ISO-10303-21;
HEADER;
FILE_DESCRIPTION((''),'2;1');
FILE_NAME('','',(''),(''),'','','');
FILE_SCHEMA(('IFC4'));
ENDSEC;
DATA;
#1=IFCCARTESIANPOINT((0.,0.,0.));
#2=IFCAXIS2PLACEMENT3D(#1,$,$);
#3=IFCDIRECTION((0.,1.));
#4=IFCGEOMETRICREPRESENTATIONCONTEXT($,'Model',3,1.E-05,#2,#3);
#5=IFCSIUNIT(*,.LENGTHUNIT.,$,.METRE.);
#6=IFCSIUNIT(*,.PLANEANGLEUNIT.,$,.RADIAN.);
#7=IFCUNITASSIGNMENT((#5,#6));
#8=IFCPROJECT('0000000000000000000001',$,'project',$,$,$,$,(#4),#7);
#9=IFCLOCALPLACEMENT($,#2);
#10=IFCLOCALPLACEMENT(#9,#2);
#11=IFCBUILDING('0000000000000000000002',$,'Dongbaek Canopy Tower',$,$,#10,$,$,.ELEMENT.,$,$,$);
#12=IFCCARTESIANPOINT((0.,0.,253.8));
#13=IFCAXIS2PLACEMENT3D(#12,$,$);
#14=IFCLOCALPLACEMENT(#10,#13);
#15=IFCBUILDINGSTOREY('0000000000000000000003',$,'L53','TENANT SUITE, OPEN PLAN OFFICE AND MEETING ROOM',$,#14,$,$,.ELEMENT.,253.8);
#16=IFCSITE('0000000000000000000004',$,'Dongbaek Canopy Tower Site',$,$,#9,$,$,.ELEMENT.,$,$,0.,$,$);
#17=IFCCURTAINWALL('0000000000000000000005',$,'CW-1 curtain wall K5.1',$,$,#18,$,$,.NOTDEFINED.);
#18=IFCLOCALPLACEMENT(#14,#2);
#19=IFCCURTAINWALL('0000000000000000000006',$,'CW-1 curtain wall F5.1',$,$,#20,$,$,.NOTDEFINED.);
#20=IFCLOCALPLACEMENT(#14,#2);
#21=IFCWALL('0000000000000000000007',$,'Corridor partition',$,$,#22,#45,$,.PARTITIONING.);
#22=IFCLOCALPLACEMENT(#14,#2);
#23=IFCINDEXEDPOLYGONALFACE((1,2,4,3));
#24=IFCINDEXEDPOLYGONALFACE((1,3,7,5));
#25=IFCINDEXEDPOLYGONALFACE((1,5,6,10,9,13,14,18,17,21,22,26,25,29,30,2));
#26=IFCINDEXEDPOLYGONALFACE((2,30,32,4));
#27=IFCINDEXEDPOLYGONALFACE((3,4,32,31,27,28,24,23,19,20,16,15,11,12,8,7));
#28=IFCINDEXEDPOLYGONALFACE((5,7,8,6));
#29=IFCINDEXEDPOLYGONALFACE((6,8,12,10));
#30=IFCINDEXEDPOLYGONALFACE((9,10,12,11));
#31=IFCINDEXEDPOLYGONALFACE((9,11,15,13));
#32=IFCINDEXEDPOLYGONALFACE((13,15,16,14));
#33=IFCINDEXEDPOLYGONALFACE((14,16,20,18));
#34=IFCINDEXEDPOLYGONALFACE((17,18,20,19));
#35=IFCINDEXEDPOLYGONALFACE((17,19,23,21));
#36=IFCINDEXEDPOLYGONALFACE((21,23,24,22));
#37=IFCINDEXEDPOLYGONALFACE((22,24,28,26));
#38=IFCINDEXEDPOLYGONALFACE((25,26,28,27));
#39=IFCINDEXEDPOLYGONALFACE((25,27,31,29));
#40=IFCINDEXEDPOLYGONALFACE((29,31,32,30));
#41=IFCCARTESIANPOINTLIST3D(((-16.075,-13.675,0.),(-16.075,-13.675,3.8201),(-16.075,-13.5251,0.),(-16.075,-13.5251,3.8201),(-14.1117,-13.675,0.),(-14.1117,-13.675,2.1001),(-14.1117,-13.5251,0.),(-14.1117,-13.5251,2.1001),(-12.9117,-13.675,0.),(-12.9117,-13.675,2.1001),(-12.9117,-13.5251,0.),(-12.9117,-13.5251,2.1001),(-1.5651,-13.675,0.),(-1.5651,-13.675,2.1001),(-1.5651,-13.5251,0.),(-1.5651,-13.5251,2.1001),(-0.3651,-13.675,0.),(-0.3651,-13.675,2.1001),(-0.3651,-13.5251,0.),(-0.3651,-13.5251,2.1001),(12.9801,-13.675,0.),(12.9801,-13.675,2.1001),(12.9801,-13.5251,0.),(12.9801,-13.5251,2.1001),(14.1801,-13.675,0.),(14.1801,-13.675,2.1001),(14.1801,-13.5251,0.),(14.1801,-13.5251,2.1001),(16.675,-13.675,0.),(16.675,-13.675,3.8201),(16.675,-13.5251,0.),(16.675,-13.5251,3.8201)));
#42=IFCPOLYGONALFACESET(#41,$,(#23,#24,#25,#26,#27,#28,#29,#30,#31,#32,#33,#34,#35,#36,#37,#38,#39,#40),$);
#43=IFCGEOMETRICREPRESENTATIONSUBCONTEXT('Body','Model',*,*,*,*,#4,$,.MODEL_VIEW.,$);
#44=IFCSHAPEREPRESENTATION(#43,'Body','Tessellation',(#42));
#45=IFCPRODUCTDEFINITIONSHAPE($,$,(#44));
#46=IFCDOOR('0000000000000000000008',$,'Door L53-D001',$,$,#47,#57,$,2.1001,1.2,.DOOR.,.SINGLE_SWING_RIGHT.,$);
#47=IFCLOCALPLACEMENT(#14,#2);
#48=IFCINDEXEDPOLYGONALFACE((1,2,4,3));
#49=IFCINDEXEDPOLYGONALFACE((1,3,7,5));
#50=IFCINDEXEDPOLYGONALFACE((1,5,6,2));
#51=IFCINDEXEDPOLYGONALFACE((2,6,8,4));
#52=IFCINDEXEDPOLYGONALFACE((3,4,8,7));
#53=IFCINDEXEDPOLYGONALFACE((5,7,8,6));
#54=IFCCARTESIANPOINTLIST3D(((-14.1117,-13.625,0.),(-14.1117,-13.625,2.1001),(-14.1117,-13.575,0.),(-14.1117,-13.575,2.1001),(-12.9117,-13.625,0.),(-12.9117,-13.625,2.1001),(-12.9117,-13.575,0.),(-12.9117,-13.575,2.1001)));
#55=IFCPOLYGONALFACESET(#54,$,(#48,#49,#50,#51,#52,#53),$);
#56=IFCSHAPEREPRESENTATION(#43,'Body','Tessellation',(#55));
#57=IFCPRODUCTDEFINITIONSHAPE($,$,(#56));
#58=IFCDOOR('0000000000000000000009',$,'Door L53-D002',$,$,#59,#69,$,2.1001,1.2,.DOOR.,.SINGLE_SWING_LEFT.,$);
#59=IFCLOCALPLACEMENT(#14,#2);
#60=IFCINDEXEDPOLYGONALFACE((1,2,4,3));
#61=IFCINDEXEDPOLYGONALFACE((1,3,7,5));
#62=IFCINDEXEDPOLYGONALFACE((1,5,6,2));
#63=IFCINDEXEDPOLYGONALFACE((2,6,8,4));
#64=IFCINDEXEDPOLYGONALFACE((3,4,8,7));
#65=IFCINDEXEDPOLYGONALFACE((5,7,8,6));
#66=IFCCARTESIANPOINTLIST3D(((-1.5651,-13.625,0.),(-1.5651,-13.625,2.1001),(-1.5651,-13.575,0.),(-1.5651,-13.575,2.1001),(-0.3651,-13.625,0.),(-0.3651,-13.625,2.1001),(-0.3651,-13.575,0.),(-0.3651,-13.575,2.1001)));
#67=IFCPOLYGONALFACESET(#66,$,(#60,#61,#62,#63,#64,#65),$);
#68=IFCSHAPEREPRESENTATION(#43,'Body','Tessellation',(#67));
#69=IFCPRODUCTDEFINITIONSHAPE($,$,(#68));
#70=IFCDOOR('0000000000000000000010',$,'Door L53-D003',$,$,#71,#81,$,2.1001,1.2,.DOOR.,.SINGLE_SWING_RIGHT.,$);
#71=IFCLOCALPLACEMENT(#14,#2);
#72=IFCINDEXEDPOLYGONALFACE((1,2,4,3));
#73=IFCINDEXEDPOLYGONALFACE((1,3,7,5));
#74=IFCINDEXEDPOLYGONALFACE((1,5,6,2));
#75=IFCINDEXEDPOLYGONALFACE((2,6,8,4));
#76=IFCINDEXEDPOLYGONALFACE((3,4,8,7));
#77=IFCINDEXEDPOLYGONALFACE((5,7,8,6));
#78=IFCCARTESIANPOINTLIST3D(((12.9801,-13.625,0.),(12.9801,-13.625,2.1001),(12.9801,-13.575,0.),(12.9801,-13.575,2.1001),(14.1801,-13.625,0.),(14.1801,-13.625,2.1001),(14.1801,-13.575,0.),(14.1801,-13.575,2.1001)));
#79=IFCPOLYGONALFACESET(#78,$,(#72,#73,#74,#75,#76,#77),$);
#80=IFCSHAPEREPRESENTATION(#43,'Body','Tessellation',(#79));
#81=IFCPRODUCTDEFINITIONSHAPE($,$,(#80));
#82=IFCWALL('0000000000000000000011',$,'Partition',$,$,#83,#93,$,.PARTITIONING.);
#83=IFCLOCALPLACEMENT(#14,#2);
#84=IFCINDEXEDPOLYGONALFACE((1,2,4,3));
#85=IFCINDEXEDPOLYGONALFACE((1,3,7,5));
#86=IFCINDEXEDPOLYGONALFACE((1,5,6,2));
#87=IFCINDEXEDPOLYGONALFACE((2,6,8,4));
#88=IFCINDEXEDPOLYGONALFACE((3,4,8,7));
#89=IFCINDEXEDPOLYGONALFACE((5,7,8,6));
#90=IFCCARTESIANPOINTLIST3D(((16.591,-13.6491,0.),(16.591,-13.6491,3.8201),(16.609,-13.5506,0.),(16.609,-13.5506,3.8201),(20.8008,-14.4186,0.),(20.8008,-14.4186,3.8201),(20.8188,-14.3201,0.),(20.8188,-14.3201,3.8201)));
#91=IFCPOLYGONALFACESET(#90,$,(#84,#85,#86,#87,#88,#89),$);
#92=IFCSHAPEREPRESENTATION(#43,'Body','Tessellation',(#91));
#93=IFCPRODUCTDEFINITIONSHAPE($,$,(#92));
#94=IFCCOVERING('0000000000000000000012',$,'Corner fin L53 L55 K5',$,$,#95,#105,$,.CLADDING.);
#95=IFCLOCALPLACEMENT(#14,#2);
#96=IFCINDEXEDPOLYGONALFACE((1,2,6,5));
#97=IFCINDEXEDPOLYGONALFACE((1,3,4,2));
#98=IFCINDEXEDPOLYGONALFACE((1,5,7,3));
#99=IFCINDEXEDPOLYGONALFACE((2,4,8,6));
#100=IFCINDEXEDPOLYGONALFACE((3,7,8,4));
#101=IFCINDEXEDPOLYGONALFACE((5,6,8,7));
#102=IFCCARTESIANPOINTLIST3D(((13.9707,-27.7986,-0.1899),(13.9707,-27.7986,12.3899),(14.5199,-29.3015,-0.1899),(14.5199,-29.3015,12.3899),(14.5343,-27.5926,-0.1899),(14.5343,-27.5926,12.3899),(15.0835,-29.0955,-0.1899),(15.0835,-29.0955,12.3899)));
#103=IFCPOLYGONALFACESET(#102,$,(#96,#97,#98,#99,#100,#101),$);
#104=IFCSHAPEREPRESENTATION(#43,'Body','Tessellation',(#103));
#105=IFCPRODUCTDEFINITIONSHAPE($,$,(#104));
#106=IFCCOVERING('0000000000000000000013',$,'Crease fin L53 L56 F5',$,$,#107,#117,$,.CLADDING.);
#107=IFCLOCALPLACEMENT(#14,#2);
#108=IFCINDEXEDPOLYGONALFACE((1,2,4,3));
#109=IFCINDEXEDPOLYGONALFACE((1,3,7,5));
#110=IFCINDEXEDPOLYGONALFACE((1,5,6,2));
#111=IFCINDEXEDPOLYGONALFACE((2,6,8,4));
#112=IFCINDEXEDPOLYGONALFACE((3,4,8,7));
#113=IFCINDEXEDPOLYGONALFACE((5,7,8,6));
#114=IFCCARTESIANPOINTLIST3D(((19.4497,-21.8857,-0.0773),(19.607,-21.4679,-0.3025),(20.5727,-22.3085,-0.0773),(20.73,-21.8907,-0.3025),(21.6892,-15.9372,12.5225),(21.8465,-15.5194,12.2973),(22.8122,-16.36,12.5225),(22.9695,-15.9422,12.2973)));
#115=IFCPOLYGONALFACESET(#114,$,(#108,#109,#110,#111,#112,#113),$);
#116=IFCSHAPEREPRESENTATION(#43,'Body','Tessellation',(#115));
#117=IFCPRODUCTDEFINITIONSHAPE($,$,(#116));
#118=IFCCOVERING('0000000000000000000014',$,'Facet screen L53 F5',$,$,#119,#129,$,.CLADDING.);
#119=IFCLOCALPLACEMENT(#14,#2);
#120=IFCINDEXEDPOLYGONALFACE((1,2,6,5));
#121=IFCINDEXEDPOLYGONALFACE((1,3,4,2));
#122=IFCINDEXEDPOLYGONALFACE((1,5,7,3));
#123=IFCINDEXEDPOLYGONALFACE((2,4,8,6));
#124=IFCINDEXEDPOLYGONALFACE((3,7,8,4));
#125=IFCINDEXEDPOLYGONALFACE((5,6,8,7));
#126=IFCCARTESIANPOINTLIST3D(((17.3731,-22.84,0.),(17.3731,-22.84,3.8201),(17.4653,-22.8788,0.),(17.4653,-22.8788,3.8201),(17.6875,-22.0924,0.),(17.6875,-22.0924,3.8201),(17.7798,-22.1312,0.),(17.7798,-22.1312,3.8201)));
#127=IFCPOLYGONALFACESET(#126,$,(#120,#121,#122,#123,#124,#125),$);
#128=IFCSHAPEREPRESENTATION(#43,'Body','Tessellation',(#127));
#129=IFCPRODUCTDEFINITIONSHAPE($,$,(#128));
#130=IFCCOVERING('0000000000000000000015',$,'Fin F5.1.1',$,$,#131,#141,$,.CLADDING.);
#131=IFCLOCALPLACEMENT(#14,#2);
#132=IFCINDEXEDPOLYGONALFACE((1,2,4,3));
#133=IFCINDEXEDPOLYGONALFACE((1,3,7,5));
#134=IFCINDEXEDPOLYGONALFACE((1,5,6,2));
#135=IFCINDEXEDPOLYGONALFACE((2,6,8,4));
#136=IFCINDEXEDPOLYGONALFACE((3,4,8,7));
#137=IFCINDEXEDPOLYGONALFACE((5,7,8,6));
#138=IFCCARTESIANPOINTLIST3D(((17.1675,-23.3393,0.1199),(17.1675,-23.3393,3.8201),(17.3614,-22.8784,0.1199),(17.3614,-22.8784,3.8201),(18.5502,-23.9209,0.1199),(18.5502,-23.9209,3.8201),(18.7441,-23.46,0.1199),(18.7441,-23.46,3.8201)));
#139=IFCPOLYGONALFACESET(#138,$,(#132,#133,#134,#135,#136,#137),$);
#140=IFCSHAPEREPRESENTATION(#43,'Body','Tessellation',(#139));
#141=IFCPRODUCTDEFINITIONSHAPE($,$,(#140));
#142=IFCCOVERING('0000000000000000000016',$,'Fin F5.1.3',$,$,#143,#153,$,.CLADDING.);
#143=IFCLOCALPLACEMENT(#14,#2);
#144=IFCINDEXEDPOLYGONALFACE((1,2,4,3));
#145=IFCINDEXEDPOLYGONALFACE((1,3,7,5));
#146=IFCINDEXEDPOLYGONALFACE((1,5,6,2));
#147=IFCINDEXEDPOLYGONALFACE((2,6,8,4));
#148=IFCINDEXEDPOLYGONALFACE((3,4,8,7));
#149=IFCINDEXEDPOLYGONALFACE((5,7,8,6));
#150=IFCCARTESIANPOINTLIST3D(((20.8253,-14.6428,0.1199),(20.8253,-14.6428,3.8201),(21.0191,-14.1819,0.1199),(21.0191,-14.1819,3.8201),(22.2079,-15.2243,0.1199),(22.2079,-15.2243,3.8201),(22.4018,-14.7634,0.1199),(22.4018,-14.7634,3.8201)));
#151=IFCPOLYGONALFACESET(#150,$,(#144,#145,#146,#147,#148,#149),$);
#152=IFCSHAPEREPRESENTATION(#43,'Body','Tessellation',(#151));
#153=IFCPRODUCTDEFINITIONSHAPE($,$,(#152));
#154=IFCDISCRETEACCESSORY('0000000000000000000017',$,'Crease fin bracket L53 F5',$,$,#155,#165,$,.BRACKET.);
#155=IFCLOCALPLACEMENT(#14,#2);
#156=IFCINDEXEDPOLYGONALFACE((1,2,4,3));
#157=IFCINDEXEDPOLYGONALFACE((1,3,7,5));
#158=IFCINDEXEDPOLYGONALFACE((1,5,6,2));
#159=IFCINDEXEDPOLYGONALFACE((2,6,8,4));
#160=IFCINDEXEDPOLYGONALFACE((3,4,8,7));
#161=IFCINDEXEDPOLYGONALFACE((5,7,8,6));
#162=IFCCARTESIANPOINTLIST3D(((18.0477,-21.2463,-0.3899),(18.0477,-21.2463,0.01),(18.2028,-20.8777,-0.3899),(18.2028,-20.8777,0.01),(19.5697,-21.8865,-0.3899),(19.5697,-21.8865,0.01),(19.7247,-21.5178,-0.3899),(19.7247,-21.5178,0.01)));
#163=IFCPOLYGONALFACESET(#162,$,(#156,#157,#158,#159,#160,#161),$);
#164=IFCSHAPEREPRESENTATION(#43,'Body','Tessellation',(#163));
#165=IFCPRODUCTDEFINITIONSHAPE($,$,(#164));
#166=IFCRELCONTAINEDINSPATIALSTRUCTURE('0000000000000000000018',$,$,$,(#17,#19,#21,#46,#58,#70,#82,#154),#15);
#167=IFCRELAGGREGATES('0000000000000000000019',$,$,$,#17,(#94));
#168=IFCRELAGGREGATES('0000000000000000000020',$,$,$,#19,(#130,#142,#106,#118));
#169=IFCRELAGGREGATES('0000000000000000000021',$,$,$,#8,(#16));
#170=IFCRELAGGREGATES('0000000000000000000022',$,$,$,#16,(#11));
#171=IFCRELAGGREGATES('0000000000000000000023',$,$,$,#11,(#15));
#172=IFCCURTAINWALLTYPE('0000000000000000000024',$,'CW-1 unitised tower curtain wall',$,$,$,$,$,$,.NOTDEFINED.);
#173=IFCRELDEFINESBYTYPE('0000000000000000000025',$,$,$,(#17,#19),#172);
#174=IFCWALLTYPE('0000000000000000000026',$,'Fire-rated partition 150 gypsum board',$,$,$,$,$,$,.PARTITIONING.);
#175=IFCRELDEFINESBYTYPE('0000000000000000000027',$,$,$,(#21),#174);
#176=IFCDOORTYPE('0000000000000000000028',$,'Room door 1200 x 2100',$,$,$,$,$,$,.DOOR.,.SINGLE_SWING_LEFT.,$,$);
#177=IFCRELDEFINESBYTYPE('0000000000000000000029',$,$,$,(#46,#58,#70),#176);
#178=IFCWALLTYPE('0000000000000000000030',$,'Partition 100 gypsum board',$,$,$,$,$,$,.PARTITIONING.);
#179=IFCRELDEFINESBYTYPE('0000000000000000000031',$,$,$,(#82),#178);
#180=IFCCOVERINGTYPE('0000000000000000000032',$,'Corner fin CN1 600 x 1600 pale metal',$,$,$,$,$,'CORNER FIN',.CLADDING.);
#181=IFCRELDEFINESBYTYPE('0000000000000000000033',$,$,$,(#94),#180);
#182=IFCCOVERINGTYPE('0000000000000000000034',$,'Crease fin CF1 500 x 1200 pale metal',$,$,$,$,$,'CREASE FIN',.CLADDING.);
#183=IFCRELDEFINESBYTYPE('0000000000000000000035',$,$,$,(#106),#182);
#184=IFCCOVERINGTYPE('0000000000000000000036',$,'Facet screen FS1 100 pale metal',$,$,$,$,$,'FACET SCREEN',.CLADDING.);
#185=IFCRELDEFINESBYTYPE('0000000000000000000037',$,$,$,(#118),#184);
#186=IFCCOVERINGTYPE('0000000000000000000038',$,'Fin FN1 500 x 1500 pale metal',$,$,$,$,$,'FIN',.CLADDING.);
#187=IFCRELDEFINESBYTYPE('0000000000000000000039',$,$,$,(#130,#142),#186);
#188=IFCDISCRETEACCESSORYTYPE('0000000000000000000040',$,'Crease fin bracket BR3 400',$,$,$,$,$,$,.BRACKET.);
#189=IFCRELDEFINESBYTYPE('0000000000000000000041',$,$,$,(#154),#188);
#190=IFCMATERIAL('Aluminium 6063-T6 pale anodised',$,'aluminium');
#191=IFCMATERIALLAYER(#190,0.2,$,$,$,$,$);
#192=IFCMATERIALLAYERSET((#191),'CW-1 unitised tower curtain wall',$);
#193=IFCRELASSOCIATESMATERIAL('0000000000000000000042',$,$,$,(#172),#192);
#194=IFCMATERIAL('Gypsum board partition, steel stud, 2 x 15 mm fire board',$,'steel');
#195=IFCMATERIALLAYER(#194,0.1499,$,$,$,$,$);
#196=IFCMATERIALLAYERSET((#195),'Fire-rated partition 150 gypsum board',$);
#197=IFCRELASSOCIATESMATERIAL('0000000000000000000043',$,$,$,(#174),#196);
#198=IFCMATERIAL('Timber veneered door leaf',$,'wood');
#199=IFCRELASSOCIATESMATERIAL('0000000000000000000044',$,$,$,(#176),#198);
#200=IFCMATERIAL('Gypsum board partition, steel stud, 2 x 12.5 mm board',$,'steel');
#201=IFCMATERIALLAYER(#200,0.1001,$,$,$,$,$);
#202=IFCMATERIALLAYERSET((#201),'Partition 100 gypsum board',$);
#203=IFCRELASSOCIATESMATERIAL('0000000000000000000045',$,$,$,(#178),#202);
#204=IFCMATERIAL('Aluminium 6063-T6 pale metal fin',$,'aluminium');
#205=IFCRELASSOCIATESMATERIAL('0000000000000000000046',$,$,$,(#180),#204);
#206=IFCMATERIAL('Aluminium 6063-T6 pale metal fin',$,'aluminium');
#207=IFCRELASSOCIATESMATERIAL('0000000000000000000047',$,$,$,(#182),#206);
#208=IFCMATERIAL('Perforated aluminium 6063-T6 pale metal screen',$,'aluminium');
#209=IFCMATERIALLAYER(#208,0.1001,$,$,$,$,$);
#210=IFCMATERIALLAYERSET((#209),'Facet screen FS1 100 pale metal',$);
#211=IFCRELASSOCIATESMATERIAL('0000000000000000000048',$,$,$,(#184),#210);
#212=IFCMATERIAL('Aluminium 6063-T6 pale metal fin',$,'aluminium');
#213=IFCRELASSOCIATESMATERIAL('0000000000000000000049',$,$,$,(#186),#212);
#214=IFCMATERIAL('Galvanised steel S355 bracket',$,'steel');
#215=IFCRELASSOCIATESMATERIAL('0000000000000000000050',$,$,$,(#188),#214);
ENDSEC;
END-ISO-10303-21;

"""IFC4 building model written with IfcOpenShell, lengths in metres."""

from ifc_helpers import new_model, si_unit, direction, frame, frame_2d, origin, origin_2d, place, context, subcontext, project, spatial, rectangle, extrude, material, layer, layer_set, material_profile, profile_set, type_object, element, fill, aggregate, save


model = new_model("IFC4")

# Units and contexts
model_context = context("Model", 3, precision=1e-05, world=origin(), true_north=direction((0.0, 1.0)))
body_context = subcontext(model_context, "Body", "Model", "MODEL_VIEW")
ifc_project = project(units=[si_unit("LENGTHUNIT", "METRE"), si_unit("PLANEANGLEUNIT", "RADIAN")], contexts=[model_context])

# Site, building, storey
site_placement = place(None, origin())
site = spatial("IfcSite", under=ifc_project, at=site_placement, Name="Dongbaek Canopy Tower Site", CompositionType="ELEMENT", RefElevation=0.0)
building_placement = place(site_placement, origin())
building = spatial("IfcBuilding", under=site, at=building_placement, Name="Dongbaek Canopy Tower", CompositionType="ELEMENT")
storey_placement = place(building_placement, frame((0.0, 0.0, 253.8)))
storey = spatial("IfcBuildingStorey", under=building, at=storey_placement, Name="L53", Description="TENANT SUITE, OPEN PLAN OFFICE AND MEETING ROOM", CompositionType="ELEMENT", Elevation=253.8)

# Curtain walls
ifc_material_1 = material(Name="Aluminium 6063-T6 pale anodised", Category="aluminium")
ifc_layer_1 = layer(ifc_material_1, 0.2)
ifc_layer_set_1 = layer_set([ifc_layer_1], Name="CW-1 unitised tower curtain wall")
curtain_wall_type = type_object("IfcCurtainWallType", Name="CW-1 unitised tower curtain wall", PredefinedType="NOTDEFINED", material=ifc_layer_set_1)
curtain_wall_1_placement = place(storey_placement, origin())
curtain_wall_1 = element("IfcCurtainWall", 1, at=curtain_wall_1_placement, inside=storey, type_object=curtain_wall_type, Name="CW-1 curtain wall K5.1", PredefinedType="NOTDEFINED")
curtain_wall_2_placement = place(storey_placement, origin())
curtain_wall_2 = element("IfcCurtainWall", 2, at=curtain_wall_2_placement, inside=storey, type_object=curtain_wall_type, Name="CW-1 curtain wall F5.1", PredefinedType="NOTDEFINED")

# Wall, openings, doors
ifc_material_2 = material(Name="Gypsum board partition, steel stud, 2 x 15 mm fire board", Category="steel")
ifc_layer_2 = layer(ifc_material_2, 0.1499)
ifc_layer_set_2 = layer_set([ifc_layer_2], Name="Fire-rated partition 150 gypsum board")
wall_type_1 = type_object("IfcWallType", Name="Fire-rated partition 150 gypsum board", PredefinedType="PARTITIONING", material=ifc_layer_set_2)
wall_1_placement = place(storey_placement, frame((16.675, -13.6001, 0.0), z_axis=(0.0, 0.0, 1.0), x_axis=(-1.0, 0.0, 0.0)))
wall_1 = element("IfcWall", 3, at=wall_1_placement, inside=storey, type_object=wall_type_1, Name="Corridor partition", PredefinedType="PARTITIONING", context=body_context, shape_type="SweptSolid", body=[
    extrude(rectangle(XDim=32.75, YDim=0.1499, at=frame_2d((16.375, 0.0))), origin(), (0.0, 0.0, 1.0), 3.8201),
])
opening_1_placement = place(wall_1_placement, frame((29.5867, 0.0, 0.0)))
opening_1 = element("IfcOpeningElement", 4, at=opening_1_placement, cuts=wall_1, PredefinedType="OPENING", context=body_context, shape_type="SweptSolid", body=[
    extrude(rectangle(XDim=1.2, YDim=2.1001, at=frame_2d((0.6001, 1.05))), frame((0.0, 0.085, 0.0), z_axis=(0.0, -1.0, 0.0), x_axis=(1.0, 0.0, 0.0)), (0.0, 0.0, 1.0), 0.1699),
])
opening_2_placement = place(wall_1_placement, frame((17.04, 0.0, 0.0)))
opening_2 = element("IfcOpeningElement", 5, at=opening_2_placement, cuts=wall_1, PredefinedType="OPENING", context=body_context, shape_type="SweptSolid", body=[
    extrude(rectangle(XDim=1.2, YDim=2.1001, at=frame_2d((0.6001, 1.05))), frame((0.0, 0.085, 0.0), z_axis=(0.0, -1.0, 0.0), x_axis=(1.0, 0.0, 0.0)), (0.0, 0.0, 1.0), 0.1699),
])
opening_3_placement = place(wall_1_placement, frame((2.4949, 0.0, 0.0)))
opening_3 = element("IfcOpeningElement", 6, at=opening_3_placement, cuts=wall_1, PredefinedType="OPENING", context=body_context, shape_type="SweptSolid", body=[
    extrude(rectangle(XDim=1.2, YDim=2.1001, at=frame_2d((0.6001, 1.05))), frame((0.0, 0.085, 0.0), z_axis=(0.0, -1.0, 0.0), x_axis=(1.0, 0.0, 0.0)), (0.0, 0.0, 1.0), 0.1699),
])
ifc_material_3 = material(Name="Timber veneered door leaf", Category="wood")
door_type = type_object("IfcDoorType", Name="Room door 1200 x 2100", OperationType="SINGLE_SWING_LEFT", PredefinedType="DOOR", material=ifc_material_3)
door_1_placement = place(opening_1_placement, origin())
door_1 = element("IfcDoor", 7, at=door_1_placement, inside=storey, type_object=door_type, Name="Door L53-D001", OperationType="SINGLE_SWING_RIGHT", OverallHeight=2.1001, OverallWidth=1.2, PredefinedType="DOOR", context=body_context, shape_type="SweptSolid", body=[
    extrude(rectangle(XDim=1.2, YDim=2.1001, at=frame_2d((0.6001, 1.05))), frame((0.0, 0.0249, 0.0), z_axis=(0.0, -1.0, 0.0), x_axis=(1.0, 0.0, 0.0)), (0.0, 0.0, 1.0), 0.05),
])
fill(opening_1, door_1)
door_2_placement = place(opening_2_placement, origin())
door_2 = element("IfcDoor", 8, at=door_2_placement, inside=storey, type_object=door_type, Name="Door L53-D002", OperationType="SINGLE_SWING_LEFT", OverallHeight=2.1001, OverallWidth=1.2, PredefinedType="DOOR", context=body_context, shape_type="SweptSolid", body=[
    extrude(rectangle(XDim=1.2, YDim=2.1001, at=frame_2d((0.6001, 1.05))), frame((0.0, 0.0249, 0.0), z_axis=(0.0, -1.0, 0.0), x_axis=(1.0, 0.0, 0.0)), (0.0, 0.0, 1.0), 0.05),
])
fill(opening_2, door_2)
door_3_placement = place(opening_3_placement, origin())
door_3 = element("IfcDoor", 9, at=door_3_placement, inside=storey, type_object=door_type, Name="Door L53-D003", OperationType="SINGLE_SWING_RIGHT", OverallHeight=2.1001, OverallWidth=1.2, PredefinedType="DOOR", context=body_context, shape_type="SweptSolid", body=[
    extrude(rectangle(XDim=1.2, YDim=2.1001, at=frame_2d((0.6001, 1.05))), frame((0.0, 0.0249, 0.0), z_axis=(0.0, -1.0, 0.0), x_axis=(1.0, 0.0, 0.0)), (0.0, 0.0, 1.0), 0.05),
])
fill(opening_3, door_3)

# Wall
ifc_material_4 = material(Name="Gypsum board partition, steel stud, 2 x 12.5 mm board", Category="steel")
ifc_layer_3 = layer(ifc_material_4, 0.1001)
ifc_layer_set_3 = layer_set([ifc_layer_3], Name="Partition 100 gypsum board")
wall_type_2 = type_object("IfcWallType", Name="Partition 100 gypsum board", PredefinedType="PARTITIONING", material=ifc_layer_set_3)
wall_2_placement = place(storey_placement, frame((16.6001, -13.5999, 0.0), z_axis=(0.0, 0.0, 1.0), x_axis=(0.9837, -0.179819, 0.0)))
element("IfcWall", 10, at=wall_2_placement, inside=storey, type_object=wall_type_2, Name="Partition", PredefinedType="PARTITIONING", context=body_context, shape_type="SweptSolid", body=[
    extrude(rectangle(XDim=4.2795, YDim=0.1001, at=frame_2d((2.1396, 0.0))), origin(), (0.0, 0.0, 1.0), 3.8201),
])

# Coverings
ifc_material_5 = material(Name="Aluminium 6063-T6 pale metal fin", Category="aluminium")
ifc_material_profile_1 = material_profile(ifc_material_5, rectangle(XDim=1.6001, YDim=0.6001, at=origin_2d()), Name="Corner fin CN1 600 x 1600 pale metal")
ifc_profile_set_1 = profile_set([ifc_material_profile_1], Name="Aluminium 6063-T6 pale metal fin")
covering_type_1 = type_object("IfcCoveringType", Name="Corner fin CN1 600 x 1600 pale metal", ElementType="CORNER FIN", PredefinedType="CLADDING", material=ifc_profile_set_1)
covering_1_placement = place(storey_placement, frame((14.5271, -28.447, -0.1899), z_axis=(0.0, 0.0, 1.0), x_axis=(0.343242, -0.939247, 0.0)))
covering_1 = element("IfcCovering", 11, at=covering_1_placement, type_object=covering_type_1, Name="Corner fin L53 L55 K5", PredefinedType="CLADDING", context=body_context, shape_type="SweptSolid", body=[
    extrude(rectangle(XDim=1.6001, YDim=0.6001, at=origin_2d()), origin(), (0.0, 0.0, 1.0), 12.5798),
])
aggregate(curtain_wall_1, [covering_1])
ifc_material_6 = material(Name="Aluminium 6063-T6 pale metal fin", Category="aluminium")
ifc_material_profile_2 = material_profile(ifc_material_6, rectangle(XDim=1.2, YDim=0.5, at=origin_2d()), Name="Crease fin CF1 500 x 1200 pale metal")
ifc_profile_set_2 = profile_set([ifc_material_profile_2], Name="Aluminium 6063-T6 pale metal fin")
covering_type_2 = type_object("IfcCoveringType", Name="Crease fin CF1 500 x 1200 pale metal", ElementType="CREASE FIN", PredefinedType="CLADDING", material=ifc_profile_set_2)
covering_2_placement = place(storey_placement, frame((20.0898, -21.8882, -0.1899), z_axis=(0.158692, 0.421512, 0.89283), x_axis=(-0.935872, 0.35234, 0.0)))
covering_2 = element("IfcCovering", 12, at=covering_2_placement, type_object=covering_type_2, Name="Crease fin L53 L56 F5", PredefinedType="CLADDING", context=body_context, shape_type="SweptSolid", body=[
    extrude(rectangle(XDim=1.2, YDim=0.5, at=origin_2d()), origin(), (0.0, 0.0, 1.0), 14.1123),
])
ifc_material_7 = material(Name="Perforated aluminium 6063-T6 pale metal screen", Category="aluminium")
ifc_layer_4 = layer(ifc_material_7, 0.1001)
ifc_layer_set_4 = layer_set([ifc_layer_4], Name="Facet screen FS1 100 pale metal")
covering_type_3 = type_object("IfcCoveringType", Name="Facet screen FS1 100 pale metal", ElementType="FACET SCREEN", PredefinedType="CLADDING", material=ifc_layer_set_4)
covering_3_placement = place(storey_placement, frame((17.5764, -22.4856, 0.0), z_axis=(0.0, 0.0, 1.0), x_axis=(0.387696, 0.921787, 0.0)))
covering_3 = element("IfcCovering", 13, at=covering_3_placement, type_object=covering_type_3, Name="Facet screen L53 F5", PredefinedType="CLADDING", context=body_context, shape_type="SweptSolid", body=[
    extrude(rectangle(XDim=0.811, YDim=0.1001, at=origin_2d()), origin(), (0.0, 0.0, 1.0), 3.8201),
])
ifc_material_8 = material(Name="Aluminium 6063-T6 pale metal fin", Category="aluminium")
ifc_material_profile_3 = material_profile(ifc_material_8, rectangle(XDim=1.5, YDim=0.5, at=origin_2d()), Name="Fin FN1 500 x 1500 pale metal")
ifc_profile_set_3 = profile_set([ifc_material_profile_3], Name="Aluminium 6063-T6 pale metal fin")
covering_type_4 = type_object("IfcCoveringType", Name="Fin FN1 500 x 1500 pale metal", ElementType="FIN", PredefinedType="CLADDING", material=ifc_profile_set_3)
covering_4_placement = place(storey_placement, frame((17.9558, -23.3997, 0.1199), z_axis=(0.0, 0.0, 1.0), x_axis=(0.921787, -0.387696, 0.0)))
covering_4 = element("IfcCovering", 14, at=covering_4_placement, type_object=covering_type_4, Name="Fin F5.1.1", PredefinedType="CLADDING", context=body_context, shape_type="SweptSolid", body=[
    extrude(rectangle(XDim=1.5, YDim=0.5, at=origin_2d()), origin(), (0.0, 0.0, 1.0), 3.7002),
])
covering_5_placement = place(storey_placement, frame((21.6135, -14.7031, 0.1199), z_axis=(0.0, 0.0, 1.0), x_axis=(0.921787, -0.387696, 0.0)))
covering_5 = element("IfcCovering", 15, at=covering_5_placement, type_object=covering_type_4, Name="Fin F5.1.3", PredefinedType="CLADDING", context=body_context, shape_type="SweptSolid", body=[
    extrude(rectangle(XDim=1.5, YDim=0.5, at=origin_2d()), origin(), (0.0, 0.0, 1.0), 3.7002),
])
aggregate(curtain_wall_2, [covering_4, covering_5, covering_2, covering_3])

# Discrete accessory
ifc_material_9 = material(Name="Galvanised steel S355 bracket", Category="steel")
discrete_accessory_type = type_object("IfcDiscreteAccessoryType", Name="Crease fin bracket BR3 400", PredefinedType="BRACKET", material=ifc_material_9)
discrete_accessory_placement = place(storey_placement, frame((18.8862, -21.3821, -0.3899), z_axis=(0.0, 0.0, 1.0), x_axis=(0.921787, -0.387696, 0.0)))
element("IfcDiscreteAccessory", 16, at=discrete_accessory_placement, inside=storey, type_object=discrete_accessory_type, Name="Crease fin bracket L53 F5", PredefinedType="BRACKET", context=body_context, shape_type="SweptSolid", body=[
    extrude(rectangle(XDim=1.6511, YDim=0.3999, at=origin_2d()), origin(), (0.0, 0.0, 1.0), 0.3999),
])

save(model, "model.ifc")
